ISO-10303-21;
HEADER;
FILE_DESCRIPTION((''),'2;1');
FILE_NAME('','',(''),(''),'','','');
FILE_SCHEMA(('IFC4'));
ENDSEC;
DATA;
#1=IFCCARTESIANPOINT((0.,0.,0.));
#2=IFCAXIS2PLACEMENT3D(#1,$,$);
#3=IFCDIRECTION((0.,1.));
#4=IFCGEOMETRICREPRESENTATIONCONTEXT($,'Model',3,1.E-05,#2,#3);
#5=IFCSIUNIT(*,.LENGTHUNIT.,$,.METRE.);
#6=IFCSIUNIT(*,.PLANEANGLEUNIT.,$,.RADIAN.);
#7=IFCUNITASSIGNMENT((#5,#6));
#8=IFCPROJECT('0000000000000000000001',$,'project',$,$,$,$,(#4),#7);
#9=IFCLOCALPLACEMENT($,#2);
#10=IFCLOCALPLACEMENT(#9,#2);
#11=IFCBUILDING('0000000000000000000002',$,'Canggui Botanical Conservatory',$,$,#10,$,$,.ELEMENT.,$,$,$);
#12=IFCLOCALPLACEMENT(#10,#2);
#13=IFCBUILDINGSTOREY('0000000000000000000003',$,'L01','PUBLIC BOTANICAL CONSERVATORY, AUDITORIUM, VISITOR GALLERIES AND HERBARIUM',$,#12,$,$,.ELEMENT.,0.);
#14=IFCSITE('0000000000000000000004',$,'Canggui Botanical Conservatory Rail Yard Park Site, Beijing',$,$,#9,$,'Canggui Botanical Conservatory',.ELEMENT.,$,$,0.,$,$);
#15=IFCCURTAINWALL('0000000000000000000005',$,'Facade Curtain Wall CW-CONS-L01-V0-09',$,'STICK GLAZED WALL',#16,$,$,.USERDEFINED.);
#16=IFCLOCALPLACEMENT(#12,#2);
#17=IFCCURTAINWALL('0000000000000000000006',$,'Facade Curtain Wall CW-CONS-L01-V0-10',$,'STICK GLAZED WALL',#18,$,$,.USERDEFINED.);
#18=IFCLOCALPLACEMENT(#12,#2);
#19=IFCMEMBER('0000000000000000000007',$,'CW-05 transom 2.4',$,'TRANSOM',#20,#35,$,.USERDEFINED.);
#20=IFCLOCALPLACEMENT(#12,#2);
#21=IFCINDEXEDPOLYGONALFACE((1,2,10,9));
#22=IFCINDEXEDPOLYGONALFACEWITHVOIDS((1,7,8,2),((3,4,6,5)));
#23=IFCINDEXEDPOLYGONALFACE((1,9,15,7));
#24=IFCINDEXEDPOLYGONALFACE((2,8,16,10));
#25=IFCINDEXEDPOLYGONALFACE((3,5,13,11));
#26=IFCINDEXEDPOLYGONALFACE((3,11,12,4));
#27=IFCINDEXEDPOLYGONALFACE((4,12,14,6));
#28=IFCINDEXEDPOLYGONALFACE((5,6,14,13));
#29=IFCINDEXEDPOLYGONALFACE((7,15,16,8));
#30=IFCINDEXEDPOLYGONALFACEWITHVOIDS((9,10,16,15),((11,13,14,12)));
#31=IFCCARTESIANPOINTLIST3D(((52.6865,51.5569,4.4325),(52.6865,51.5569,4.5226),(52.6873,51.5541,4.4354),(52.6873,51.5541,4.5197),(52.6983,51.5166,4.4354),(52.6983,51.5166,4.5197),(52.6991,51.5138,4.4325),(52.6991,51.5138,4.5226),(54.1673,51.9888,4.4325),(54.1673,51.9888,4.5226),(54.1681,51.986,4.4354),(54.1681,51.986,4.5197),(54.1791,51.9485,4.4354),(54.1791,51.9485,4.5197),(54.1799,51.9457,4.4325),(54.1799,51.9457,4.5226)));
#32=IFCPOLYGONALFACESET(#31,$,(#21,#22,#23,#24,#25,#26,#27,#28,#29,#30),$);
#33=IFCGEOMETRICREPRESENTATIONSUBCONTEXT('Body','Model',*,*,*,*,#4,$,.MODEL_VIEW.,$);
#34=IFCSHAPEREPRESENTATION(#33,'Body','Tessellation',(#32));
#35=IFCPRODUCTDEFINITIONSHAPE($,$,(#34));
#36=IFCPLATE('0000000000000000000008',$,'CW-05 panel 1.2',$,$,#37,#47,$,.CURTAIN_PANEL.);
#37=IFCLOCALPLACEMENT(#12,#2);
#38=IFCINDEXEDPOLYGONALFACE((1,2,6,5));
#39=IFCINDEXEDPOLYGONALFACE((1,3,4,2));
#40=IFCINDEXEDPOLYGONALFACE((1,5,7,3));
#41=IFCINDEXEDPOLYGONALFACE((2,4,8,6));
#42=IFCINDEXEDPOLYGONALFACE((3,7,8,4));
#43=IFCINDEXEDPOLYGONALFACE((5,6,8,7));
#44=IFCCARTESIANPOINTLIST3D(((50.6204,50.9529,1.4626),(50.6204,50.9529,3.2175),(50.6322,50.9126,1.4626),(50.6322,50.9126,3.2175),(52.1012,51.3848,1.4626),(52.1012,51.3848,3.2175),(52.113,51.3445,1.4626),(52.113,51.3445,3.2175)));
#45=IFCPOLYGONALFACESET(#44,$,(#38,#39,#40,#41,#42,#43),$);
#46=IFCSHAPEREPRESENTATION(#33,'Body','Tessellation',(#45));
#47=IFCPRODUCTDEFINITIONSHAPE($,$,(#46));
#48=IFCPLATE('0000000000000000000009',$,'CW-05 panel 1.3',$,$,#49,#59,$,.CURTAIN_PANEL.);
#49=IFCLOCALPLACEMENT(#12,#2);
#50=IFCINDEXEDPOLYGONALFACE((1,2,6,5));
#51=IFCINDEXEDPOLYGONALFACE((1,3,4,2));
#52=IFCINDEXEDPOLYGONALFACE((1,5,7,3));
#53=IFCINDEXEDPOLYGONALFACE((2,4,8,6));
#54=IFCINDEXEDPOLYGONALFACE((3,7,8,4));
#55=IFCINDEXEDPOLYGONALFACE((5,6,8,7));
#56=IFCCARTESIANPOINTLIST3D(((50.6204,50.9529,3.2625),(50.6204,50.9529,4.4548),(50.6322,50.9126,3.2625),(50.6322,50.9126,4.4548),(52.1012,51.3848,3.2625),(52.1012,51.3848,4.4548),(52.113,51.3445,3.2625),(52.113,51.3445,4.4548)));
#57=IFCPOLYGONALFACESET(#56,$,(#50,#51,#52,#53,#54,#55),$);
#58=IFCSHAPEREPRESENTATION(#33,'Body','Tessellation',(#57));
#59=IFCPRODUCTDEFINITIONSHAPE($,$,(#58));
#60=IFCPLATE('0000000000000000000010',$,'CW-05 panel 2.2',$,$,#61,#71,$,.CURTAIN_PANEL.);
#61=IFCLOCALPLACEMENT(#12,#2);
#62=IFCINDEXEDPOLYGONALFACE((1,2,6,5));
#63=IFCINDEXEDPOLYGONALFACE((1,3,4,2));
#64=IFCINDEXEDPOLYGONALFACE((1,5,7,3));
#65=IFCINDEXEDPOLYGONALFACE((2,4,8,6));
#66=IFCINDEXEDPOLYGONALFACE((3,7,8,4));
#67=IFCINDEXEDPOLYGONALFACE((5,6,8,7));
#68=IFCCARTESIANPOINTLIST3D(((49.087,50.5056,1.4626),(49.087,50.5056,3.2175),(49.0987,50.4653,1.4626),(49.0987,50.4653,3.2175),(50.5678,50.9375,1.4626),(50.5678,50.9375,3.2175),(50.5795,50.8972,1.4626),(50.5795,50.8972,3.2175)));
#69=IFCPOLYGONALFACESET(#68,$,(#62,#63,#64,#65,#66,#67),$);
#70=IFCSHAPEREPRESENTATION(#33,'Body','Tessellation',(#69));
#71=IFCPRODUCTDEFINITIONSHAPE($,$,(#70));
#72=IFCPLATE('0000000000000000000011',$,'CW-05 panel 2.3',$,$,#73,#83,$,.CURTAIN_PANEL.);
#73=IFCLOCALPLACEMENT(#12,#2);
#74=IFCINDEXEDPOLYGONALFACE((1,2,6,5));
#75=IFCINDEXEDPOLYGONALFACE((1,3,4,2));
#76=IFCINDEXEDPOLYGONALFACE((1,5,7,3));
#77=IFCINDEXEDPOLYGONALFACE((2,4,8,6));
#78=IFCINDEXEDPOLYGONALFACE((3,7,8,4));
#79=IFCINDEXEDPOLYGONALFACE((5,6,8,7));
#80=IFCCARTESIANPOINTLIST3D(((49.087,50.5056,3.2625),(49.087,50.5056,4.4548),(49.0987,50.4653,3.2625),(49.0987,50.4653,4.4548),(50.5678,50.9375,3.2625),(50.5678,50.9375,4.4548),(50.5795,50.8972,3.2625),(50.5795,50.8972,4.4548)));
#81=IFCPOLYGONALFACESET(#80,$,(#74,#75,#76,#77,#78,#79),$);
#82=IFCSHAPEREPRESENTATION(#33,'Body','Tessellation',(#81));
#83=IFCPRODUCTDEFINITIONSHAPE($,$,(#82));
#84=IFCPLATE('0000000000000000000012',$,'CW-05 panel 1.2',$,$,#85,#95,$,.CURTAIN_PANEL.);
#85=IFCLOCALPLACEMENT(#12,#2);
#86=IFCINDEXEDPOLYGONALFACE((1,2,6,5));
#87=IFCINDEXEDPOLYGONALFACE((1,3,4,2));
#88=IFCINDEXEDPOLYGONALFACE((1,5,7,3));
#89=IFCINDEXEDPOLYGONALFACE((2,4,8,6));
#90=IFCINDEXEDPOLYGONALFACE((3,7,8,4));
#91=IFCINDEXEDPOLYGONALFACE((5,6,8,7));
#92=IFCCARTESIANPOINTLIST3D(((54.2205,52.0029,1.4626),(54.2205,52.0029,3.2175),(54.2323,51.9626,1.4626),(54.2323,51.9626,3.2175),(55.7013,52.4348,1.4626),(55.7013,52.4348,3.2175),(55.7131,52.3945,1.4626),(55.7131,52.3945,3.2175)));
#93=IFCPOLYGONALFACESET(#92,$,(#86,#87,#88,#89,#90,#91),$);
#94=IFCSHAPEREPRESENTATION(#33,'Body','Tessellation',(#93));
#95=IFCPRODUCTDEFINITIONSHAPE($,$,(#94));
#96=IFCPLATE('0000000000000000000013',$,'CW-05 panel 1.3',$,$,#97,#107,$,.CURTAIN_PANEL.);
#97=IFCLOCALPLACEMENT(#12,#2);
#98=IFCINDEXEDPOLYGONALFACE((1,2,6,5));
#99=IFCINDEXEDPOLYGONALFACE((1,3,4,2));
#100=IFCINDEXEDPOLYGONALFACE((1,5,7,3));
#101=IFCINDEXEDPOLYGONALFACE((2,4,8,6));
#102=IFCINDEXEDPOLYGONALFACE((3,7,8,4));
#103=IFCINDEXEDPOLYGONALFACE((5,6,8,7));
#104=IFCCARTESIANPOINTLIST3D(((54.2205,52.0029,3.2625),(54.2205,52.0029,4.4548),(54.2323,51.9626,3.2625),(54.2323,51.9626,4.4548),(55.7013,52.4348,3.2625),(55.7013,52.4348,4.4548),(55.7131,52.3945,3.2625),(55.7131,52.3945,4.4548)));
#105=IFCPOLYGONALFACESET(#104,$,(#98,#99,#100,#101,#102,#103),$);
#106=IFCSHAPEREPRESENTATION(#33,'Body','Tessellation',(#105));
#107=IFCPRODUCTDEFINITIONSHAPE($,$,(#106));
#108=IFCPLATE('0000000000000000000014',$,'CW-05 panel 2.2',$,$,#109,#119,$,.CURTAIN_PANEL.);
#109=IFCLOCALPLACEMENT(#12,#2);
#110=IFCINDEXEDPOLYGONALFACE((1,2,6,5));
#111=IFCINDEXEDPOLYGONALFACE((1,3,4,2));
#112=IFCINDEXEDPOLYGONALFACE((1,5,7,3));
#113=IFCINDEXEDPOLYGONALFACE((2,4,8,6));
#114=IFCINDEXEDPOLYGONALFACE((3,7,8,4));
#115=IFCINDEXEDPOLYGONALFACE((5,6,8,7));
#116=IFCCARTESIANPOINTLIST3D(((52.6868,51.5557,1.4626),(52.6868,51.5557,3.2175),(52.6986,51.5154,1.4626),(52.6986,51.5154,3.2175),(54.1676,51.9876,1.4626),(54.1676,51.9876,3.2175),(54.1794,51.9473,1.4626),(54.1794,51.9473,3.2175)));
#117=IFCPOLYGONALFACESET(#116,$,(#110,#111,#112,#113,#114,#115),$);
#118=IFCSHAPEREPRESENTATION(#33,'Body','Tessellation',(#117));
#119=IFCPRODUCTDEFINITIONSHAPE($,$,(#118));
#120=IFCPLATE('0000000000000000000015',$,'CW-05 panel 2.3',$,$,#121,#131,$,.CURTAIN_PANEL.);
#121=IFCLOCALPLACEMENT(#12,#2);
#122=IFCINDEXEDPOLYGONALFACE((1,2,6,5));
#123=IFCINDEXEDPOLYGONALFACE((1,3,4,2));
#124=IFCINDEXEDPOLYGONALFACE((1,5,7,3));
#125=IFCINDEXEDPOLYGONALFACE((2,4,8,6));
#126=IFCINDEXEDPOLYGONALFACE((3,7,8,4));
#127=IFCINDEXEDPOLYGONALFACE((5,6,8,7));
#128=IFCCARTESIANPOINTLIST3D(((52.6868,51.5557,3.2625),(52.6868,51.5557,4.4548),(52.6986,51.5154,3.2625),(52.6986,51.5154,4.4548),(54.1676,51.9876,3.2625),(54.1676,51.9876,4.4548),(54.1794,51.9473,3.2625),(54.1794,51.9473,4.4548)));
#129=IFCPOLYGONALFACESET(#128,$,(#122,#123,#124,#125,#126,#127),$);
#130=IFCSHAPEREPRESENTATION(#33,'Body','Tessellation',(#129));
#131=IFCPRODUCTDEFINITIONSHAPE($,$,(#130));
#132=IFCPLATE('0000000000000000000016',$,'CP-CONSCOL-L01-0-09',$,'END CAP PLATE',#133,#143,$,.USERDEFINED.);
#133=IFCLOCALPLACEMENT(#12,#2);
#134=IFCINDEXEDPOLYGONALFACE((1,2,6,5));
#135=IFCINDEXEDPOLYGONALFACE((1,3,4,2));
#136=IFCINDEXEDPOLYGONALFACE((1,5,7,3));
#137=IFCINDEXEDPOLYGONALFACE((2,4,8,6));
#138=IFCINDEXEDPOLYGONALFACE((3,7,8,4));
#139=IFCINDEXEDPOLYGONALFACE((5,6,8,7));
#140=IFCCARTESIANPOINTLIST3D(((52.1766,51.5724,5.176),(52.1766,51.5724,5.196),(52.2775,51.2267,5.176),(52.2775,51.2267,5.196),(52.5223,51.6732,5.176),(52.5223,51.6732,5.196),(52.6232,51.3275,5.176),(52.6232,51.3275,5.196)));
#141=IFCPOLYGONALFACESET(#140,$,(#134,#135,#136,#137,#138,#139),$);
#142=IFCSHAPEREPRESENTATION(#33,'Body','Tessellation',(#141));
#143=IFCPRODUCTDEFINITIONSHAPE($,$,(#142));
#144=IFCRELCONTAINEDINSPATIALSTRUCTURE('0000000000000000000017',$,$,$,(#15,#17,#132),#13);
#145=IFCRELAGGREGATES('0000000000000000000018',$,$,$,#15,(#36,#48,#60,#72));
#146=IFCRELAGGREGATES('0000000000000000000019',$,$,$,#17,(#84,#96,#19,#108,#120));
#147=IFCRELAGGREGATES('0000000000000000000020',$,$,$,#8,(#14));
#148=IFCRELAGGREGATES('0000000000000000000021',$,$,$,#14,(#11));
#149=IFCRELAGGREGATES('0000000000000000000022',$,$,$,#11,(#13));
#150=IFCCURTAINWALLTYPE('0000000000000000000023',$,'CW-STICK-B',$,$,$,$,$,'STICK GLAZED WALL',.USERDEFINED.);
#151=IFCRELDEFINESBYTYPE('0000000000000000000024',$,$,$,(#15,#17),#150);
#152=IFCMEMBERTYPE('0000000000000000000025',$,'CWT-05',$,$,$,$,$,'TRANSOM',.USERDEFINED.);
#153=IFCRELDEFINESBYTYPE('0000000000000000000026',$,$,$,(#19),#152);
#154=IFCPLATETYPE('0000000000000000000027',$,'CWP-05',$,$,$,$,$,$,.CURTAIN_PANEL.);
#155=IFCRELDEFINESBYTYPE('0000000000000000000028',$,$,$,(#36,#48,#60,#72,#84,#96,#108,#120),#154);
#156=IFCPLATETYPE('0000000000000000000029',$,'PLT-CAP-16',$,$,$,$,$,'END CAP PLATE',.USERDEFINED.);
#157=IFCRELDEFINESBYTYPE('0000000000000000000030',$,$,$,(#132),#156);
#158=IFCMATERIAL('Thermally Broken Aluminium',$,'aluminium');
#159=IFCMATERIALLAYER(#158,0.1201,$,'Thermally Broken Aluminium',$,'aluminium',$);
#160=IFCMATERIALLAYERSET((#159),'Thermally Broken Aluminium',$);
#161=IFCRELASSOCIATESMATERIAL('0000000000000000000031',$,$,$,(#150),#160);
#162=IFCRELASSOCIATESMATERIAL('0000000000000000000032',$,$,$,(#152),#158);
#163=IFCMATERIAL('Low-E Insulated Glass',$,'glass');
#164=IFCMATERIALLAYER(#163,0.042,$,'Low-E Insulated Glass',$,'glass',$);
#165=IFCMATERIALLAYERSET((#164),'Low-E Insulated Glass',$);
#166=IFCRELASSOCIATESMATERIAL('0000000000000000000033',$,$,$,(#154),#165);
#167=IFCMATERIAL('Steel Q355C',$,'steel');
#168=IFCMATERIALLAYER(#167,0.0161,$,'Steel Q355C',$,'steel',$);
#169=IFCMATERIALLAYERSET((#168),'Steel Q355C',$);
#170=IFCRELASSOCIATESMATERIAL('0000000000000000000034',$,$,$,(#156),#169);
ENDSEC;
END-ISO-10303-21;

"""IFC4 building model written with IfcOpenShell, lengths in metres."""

from ifc_helpers import new_model, si_unit, direction, frame, origin, origin_2d, place, context, subcontext, project, spatial, rectangle, hollow_rectangle, extrude, material, layer, layer_set, material_profile, profile_set, type_object, element, aggregate, save


model = new_model("IFC4")

# Units and contexts
model_context = context("Model", 3, precision=1e-05, world=origin(), true_north=direction((0.0, 1.0)))
body_context = subcontext(model_context, "Body", "Model", "MODEL_VIEW")
ifc_project = project(units=[si_unit("LENGTHUNIT", "METRE"), si_unit("PLANEANGLEUNIT", "RADIAN")], contexts=[model_context])

# Site, building, storey
site_placement = place(None, origin())
site = spatial("IfcSite", under=ifc_project, at=site_placement, Name="Canggui Botanical Conservatory Rail Yard Park Site, Beijing", LongName="Canggui Botanical Conservatory", CompositionType="ELEMENT", RefElevation=0.0)
building_placement = place(site_placement, origin())
building = spatial("IfcBuilding", under=site, at=building_placement, Name="Canggui Botanical Conservatory", CompositionType="ELEMENT")
storey_placement = place(building_placement, origin())
storey = spatial("IfcBuildingStorey", under=building, at=storey_placement, Name="L01", Description="PUBLIC BOTANICAL CONSERVATORY, AUDITORIUM, VISITOR GALLERIES AND HERBARIUM", CompositionType="ELEMENT", Elevation=0.0)

# Curtain walls, member
ifc_material_1 = material(Name="Thermally Broken Aluminium", Category="aluminium")
ifc_layer_1 = layer(ifc_material_1, 0.1201, Name="Thermally Broken Aluminium", Category="aluminium")
ifc_layer_set_1 = layer_set([ifc_layer_1], Name="Thermally Broken Aluminium")
curtain_wall_type = type_object("IfcCurtainWallType", Name="CW-STICK-B", ElementType="STICK GLAZED WALL", PredefinedType="USERDEFINED", material=ifc_layer_set_1)
curtain_wall_1_placement = place(storey_placement, origin())
curtain_wall_1 = element("IfcCurtainWall", 1, at=curtain_wall_1_placement, inside=storey, type_object=curtain_wall_type, Name="Facade Curtain Wall CW-CONS-L01-V0-09", ObjectType="STICK GLAZED WALL", PredefinedType="USERDEFINED")
ifc_material_profile_1 = material_profile(ifc_material_1, hollow_rectangle(XDim=0.0449, YDim=0.0901, WallThickness=0.0029, at=origin_2d()), Name="CWT 45x90x3")
ifc_profile_set_1 = profile_set([ifc_material_profile_1], Name="Thermally Broken Aluminium")
member_type = type_object("IfcMemberType", Name="CWT-05", ElementType="TRANSOM", PredefinedType="USERDEFINED", material=ifc_profile_set_1)
curtain_wall_2_placement = place(storey_placement, origin())
curtain_wall_2 = element("IfcCurtainWall", 2, at=curtain_wall_2_placement, inside=storey, type_object=curtain_wall_type, Name="Facade Curtain Wall CW-CONS-L01-V0-10", ObjectType="STICK GLAZED WALL", PredefinedType="USERDEFINED")
member_1_placement = place(storey_placement, frame((54.1736, 51.9673, 4.4775), z_axis=(-0.959998, -0.280006, 0.0), x_axis=(0.280006, -0.959998, 0.0)))
member_1 = element("IfcMember", 3, at=member_1_placement, type_object=member_type, Name="CW-05 transom 2.4", ObjectType="TRANSOM", PredefinedType="USERDEFINED", context=body_context, shape_type="SweptSolid", body=[
    extrude(hollow_rectangle(XDim=0.0449, YDim=0.0901, WallThickness=0.0029, at=origin_2d()), origin(), (0.0, 0.0, 1.0), 1.5425),
])

# Plates
ifc_material_2 = material(Name="Low-E Insulated Glass", Category="glass")
ifc_layer_2 = layer(ifc_material_2, 0.042, Name="Low-E Insulated Glass", Category="glass")
ifc_layer_set_2 = layer_set([ifc_layer_2], Name="Low-E Insulated Glass")
plate_type_1 = type_object("IfcPlateType", Name="CWP-05", PredefinedType="CURTAIN_PANEL", material=ifc_layer_set_2)
plate_1_placement = place(storey_placement, frame((51.3667, 51.1487, 1.4626), z_axis=(0.0, 0.0, 1.0), x_axis=(-0.96, -0.28, 0.0)))
plate_1 = element("IfcPlate", 4, at=plate_1_placement, type_object=plate_type_1, Name="CW-05 panel 1.2", PredefinedType="CURTAIN_PANEL", context=body_context, shape_type="SweptSolid", body=[
    extrude(rectangle(XDim=1.5425, YDim=0.042, at=origin_2d()), origin(), (0.0, 0.0, 1.0), 1.7549),
])
plate_2_placement = place(storey_placement, frame((51.3667, 51.1487, 3.2625), z_axis=(0.0, 0.0, 1.0), x_axis=(-0.96, -0.28, 0.0)))
plate_2 = element("IfcPlate", 5, at=plate_2_placement, type_object=plate_type_1, Name="CW-05 panel 1.3", PredefinedType="CURTAIN_PANEL", context=body_context, shape_type="SweptSolid", body=[
    extrude(rectangle(XDim=1.5425, YDim=0.042, at=origin_2d()), origin(), (0.0, 0.0, 1.0), 1.1924),
])
plate_3_placement = place(storey_placement, frame((49.8333, 50.7014, 1.4626), z_axis=(0.0, 0.0, 1.0), x_axis=(-0.96, -0.28, 0.0)))
plate_3 = element("IfcPlate", 6, at=plate_3_placement, type_object=plate_type_1, Name="CW-05 panel 2.2", PredefinedType="CURTAIN_PANEL", context=body_context, shape_type="SweptSolid", body=[
    extrude(rectangle(XDim=1.5425, YDim=0.042, at=origin_2d()), origin(), (0.0, 0.0, 1.0), 1.7549),
])
plate_4_placement = place(storey_placement, frame((49.8333, 50.7014, 3.2625), z_axis=(0.0, 0.0, 1.0), x_axis=(-0.96, -0.28, 0.0)))
plate_4 = element("IfcPlate", 7, at=plate_4_placement, type_object=plate_type_1, Name="CW-05 panel 2.3", PredefinedType="CURTAIN_PANEL", context=body_context, shape_type="SweptSolid", body=[
    extrude(rectangle(XDim=1.5425, YDim=0.042, at=origin_2d()), origin(), (0.0, 0.0, 1.0), 1.1924),
])
aggregate(curtain_wall_1, [plate_1, plate_2, plate_3, plate_4])
plate_5_placement = place(storey_placement, frame((54.9668, 52.1987, 1.4626), z_axis=(0.0, 0.0, 1.0), x_axis=(-0.96, -0.28, 0.0)))
plate_5 = element("IfcPlate", 8, at=plate_5_placement, type_object=plate_type_1, Name="CW-05 panel 1.2", PredefinedType="CURTAIN_PANEL", context=body_context, shape_type="SweptSolid", body=[
    extrude(rectangle(XDim=1.5425, YDim=0.042, at=origin_2d()), origin(), (0.0, 0.0, 1.0), 1.7549),
])
plate_6_placement = place(storey_placement, frame((54.9668, 52.1987, 3.2625), z_axis=(0.0, 0.0, 1.0), x_axis=(-0.96, -0.28, 0.0)))
plate_6 = element("IfcPlate", 9, at=plate_6_placement, type_object=plate_type_1, Name="CW-05 panel 1.3", PredefinedType="CURTAIN_PANEL", context=body_context, shape_type="SweptSolid", body=[
    extrude(rectangle(XDim=1.5425, YDim=0.042, at=origin_2d()), origin(), (0.0, 0.0, 1.0), 1.1924),
])
plate_7_placement = place(storey_placement, frame((53.4331, 51.7515, 1.4626), z_axis=(0.0, 0.0, 1.0), x_axis=(-0.96, -0.28, 0.0)))
plate_7 = element("IfcPlate", 10, at=plate_7_placement, type_object=plate_type_1, Name="CW-05 panel 2.2", PredefinedType="CURTAIN_PANEL", context=body_context, shape_type="SweptSolid", body=[
    extrude(rectangle(XDim=1.5425, YDim=0.042, at=origin_2d()), origin(), (0.0, 0.0, 1.0), 1.7549),
])
plate_8_placement = place(storey_placement, frame((53.4331, 51.7515, 3.2625), z_axis=(0.0, 0.0, 1.0), x_axis=(-0.96, -0.28, 0.0)))
plate_8 = element("IfcPlate", 11, at=plate_8_placement, type_object=plate_type_1, Name="CW-05 panel 2.3", PredefinedType="CURTAIN_PANEL", context=body_context, shape_type="SweptSolid", body=[
    extrude(rectangle(XDim=1.5425, YDim=0.042, at=origin_2d()), origin(), (0.0, 0.0, 1.0), 1.1924),
])
aggregate(curtain_wall_2, [plate_5, plate_6, member_1, plate_7, plate_8])
ifc_material_3 = material(Name="Steel Q355C", Category="steel")
ifc_layer_3 = layer(ifc_material_3, 0.0161, Name="Steel Q355C", Category="steel")
ifc_layer_set_3 = layer_set([ifc_layer_3], Name="Steel Q355C")
plate_type_2 = type_object("IfcPlateType", Name="PLT-CAP-16", ElementType="END CAP PLATE", PredefinedType="USERDEFINED", material=ifc_layer_set_3)
plate_9_placement = place(storey_placement, frame((52.3999, 51.45, 5.176), z_axis=(0.0, 0.0, 1.0), x_axis=(0.96, 0.28, 0.0)))
element("IfcPlate", 12, at=plate_9_placement, inside=storey, type_object=plate_type_2, Name="CP-CONSCOL-L01-0-09", ObjectType="END CAP PLATE", PredefinedType="USERDEFINED", context=body_context, shape_type="SweptSolid", body=[
    extrude(rectangle(XDim=0.3601, YDim=0.3601, at=origin_2d()), origin(), (0.0, 0.0, 1.0), 0.02),
])

save(model, "model.ifc")
